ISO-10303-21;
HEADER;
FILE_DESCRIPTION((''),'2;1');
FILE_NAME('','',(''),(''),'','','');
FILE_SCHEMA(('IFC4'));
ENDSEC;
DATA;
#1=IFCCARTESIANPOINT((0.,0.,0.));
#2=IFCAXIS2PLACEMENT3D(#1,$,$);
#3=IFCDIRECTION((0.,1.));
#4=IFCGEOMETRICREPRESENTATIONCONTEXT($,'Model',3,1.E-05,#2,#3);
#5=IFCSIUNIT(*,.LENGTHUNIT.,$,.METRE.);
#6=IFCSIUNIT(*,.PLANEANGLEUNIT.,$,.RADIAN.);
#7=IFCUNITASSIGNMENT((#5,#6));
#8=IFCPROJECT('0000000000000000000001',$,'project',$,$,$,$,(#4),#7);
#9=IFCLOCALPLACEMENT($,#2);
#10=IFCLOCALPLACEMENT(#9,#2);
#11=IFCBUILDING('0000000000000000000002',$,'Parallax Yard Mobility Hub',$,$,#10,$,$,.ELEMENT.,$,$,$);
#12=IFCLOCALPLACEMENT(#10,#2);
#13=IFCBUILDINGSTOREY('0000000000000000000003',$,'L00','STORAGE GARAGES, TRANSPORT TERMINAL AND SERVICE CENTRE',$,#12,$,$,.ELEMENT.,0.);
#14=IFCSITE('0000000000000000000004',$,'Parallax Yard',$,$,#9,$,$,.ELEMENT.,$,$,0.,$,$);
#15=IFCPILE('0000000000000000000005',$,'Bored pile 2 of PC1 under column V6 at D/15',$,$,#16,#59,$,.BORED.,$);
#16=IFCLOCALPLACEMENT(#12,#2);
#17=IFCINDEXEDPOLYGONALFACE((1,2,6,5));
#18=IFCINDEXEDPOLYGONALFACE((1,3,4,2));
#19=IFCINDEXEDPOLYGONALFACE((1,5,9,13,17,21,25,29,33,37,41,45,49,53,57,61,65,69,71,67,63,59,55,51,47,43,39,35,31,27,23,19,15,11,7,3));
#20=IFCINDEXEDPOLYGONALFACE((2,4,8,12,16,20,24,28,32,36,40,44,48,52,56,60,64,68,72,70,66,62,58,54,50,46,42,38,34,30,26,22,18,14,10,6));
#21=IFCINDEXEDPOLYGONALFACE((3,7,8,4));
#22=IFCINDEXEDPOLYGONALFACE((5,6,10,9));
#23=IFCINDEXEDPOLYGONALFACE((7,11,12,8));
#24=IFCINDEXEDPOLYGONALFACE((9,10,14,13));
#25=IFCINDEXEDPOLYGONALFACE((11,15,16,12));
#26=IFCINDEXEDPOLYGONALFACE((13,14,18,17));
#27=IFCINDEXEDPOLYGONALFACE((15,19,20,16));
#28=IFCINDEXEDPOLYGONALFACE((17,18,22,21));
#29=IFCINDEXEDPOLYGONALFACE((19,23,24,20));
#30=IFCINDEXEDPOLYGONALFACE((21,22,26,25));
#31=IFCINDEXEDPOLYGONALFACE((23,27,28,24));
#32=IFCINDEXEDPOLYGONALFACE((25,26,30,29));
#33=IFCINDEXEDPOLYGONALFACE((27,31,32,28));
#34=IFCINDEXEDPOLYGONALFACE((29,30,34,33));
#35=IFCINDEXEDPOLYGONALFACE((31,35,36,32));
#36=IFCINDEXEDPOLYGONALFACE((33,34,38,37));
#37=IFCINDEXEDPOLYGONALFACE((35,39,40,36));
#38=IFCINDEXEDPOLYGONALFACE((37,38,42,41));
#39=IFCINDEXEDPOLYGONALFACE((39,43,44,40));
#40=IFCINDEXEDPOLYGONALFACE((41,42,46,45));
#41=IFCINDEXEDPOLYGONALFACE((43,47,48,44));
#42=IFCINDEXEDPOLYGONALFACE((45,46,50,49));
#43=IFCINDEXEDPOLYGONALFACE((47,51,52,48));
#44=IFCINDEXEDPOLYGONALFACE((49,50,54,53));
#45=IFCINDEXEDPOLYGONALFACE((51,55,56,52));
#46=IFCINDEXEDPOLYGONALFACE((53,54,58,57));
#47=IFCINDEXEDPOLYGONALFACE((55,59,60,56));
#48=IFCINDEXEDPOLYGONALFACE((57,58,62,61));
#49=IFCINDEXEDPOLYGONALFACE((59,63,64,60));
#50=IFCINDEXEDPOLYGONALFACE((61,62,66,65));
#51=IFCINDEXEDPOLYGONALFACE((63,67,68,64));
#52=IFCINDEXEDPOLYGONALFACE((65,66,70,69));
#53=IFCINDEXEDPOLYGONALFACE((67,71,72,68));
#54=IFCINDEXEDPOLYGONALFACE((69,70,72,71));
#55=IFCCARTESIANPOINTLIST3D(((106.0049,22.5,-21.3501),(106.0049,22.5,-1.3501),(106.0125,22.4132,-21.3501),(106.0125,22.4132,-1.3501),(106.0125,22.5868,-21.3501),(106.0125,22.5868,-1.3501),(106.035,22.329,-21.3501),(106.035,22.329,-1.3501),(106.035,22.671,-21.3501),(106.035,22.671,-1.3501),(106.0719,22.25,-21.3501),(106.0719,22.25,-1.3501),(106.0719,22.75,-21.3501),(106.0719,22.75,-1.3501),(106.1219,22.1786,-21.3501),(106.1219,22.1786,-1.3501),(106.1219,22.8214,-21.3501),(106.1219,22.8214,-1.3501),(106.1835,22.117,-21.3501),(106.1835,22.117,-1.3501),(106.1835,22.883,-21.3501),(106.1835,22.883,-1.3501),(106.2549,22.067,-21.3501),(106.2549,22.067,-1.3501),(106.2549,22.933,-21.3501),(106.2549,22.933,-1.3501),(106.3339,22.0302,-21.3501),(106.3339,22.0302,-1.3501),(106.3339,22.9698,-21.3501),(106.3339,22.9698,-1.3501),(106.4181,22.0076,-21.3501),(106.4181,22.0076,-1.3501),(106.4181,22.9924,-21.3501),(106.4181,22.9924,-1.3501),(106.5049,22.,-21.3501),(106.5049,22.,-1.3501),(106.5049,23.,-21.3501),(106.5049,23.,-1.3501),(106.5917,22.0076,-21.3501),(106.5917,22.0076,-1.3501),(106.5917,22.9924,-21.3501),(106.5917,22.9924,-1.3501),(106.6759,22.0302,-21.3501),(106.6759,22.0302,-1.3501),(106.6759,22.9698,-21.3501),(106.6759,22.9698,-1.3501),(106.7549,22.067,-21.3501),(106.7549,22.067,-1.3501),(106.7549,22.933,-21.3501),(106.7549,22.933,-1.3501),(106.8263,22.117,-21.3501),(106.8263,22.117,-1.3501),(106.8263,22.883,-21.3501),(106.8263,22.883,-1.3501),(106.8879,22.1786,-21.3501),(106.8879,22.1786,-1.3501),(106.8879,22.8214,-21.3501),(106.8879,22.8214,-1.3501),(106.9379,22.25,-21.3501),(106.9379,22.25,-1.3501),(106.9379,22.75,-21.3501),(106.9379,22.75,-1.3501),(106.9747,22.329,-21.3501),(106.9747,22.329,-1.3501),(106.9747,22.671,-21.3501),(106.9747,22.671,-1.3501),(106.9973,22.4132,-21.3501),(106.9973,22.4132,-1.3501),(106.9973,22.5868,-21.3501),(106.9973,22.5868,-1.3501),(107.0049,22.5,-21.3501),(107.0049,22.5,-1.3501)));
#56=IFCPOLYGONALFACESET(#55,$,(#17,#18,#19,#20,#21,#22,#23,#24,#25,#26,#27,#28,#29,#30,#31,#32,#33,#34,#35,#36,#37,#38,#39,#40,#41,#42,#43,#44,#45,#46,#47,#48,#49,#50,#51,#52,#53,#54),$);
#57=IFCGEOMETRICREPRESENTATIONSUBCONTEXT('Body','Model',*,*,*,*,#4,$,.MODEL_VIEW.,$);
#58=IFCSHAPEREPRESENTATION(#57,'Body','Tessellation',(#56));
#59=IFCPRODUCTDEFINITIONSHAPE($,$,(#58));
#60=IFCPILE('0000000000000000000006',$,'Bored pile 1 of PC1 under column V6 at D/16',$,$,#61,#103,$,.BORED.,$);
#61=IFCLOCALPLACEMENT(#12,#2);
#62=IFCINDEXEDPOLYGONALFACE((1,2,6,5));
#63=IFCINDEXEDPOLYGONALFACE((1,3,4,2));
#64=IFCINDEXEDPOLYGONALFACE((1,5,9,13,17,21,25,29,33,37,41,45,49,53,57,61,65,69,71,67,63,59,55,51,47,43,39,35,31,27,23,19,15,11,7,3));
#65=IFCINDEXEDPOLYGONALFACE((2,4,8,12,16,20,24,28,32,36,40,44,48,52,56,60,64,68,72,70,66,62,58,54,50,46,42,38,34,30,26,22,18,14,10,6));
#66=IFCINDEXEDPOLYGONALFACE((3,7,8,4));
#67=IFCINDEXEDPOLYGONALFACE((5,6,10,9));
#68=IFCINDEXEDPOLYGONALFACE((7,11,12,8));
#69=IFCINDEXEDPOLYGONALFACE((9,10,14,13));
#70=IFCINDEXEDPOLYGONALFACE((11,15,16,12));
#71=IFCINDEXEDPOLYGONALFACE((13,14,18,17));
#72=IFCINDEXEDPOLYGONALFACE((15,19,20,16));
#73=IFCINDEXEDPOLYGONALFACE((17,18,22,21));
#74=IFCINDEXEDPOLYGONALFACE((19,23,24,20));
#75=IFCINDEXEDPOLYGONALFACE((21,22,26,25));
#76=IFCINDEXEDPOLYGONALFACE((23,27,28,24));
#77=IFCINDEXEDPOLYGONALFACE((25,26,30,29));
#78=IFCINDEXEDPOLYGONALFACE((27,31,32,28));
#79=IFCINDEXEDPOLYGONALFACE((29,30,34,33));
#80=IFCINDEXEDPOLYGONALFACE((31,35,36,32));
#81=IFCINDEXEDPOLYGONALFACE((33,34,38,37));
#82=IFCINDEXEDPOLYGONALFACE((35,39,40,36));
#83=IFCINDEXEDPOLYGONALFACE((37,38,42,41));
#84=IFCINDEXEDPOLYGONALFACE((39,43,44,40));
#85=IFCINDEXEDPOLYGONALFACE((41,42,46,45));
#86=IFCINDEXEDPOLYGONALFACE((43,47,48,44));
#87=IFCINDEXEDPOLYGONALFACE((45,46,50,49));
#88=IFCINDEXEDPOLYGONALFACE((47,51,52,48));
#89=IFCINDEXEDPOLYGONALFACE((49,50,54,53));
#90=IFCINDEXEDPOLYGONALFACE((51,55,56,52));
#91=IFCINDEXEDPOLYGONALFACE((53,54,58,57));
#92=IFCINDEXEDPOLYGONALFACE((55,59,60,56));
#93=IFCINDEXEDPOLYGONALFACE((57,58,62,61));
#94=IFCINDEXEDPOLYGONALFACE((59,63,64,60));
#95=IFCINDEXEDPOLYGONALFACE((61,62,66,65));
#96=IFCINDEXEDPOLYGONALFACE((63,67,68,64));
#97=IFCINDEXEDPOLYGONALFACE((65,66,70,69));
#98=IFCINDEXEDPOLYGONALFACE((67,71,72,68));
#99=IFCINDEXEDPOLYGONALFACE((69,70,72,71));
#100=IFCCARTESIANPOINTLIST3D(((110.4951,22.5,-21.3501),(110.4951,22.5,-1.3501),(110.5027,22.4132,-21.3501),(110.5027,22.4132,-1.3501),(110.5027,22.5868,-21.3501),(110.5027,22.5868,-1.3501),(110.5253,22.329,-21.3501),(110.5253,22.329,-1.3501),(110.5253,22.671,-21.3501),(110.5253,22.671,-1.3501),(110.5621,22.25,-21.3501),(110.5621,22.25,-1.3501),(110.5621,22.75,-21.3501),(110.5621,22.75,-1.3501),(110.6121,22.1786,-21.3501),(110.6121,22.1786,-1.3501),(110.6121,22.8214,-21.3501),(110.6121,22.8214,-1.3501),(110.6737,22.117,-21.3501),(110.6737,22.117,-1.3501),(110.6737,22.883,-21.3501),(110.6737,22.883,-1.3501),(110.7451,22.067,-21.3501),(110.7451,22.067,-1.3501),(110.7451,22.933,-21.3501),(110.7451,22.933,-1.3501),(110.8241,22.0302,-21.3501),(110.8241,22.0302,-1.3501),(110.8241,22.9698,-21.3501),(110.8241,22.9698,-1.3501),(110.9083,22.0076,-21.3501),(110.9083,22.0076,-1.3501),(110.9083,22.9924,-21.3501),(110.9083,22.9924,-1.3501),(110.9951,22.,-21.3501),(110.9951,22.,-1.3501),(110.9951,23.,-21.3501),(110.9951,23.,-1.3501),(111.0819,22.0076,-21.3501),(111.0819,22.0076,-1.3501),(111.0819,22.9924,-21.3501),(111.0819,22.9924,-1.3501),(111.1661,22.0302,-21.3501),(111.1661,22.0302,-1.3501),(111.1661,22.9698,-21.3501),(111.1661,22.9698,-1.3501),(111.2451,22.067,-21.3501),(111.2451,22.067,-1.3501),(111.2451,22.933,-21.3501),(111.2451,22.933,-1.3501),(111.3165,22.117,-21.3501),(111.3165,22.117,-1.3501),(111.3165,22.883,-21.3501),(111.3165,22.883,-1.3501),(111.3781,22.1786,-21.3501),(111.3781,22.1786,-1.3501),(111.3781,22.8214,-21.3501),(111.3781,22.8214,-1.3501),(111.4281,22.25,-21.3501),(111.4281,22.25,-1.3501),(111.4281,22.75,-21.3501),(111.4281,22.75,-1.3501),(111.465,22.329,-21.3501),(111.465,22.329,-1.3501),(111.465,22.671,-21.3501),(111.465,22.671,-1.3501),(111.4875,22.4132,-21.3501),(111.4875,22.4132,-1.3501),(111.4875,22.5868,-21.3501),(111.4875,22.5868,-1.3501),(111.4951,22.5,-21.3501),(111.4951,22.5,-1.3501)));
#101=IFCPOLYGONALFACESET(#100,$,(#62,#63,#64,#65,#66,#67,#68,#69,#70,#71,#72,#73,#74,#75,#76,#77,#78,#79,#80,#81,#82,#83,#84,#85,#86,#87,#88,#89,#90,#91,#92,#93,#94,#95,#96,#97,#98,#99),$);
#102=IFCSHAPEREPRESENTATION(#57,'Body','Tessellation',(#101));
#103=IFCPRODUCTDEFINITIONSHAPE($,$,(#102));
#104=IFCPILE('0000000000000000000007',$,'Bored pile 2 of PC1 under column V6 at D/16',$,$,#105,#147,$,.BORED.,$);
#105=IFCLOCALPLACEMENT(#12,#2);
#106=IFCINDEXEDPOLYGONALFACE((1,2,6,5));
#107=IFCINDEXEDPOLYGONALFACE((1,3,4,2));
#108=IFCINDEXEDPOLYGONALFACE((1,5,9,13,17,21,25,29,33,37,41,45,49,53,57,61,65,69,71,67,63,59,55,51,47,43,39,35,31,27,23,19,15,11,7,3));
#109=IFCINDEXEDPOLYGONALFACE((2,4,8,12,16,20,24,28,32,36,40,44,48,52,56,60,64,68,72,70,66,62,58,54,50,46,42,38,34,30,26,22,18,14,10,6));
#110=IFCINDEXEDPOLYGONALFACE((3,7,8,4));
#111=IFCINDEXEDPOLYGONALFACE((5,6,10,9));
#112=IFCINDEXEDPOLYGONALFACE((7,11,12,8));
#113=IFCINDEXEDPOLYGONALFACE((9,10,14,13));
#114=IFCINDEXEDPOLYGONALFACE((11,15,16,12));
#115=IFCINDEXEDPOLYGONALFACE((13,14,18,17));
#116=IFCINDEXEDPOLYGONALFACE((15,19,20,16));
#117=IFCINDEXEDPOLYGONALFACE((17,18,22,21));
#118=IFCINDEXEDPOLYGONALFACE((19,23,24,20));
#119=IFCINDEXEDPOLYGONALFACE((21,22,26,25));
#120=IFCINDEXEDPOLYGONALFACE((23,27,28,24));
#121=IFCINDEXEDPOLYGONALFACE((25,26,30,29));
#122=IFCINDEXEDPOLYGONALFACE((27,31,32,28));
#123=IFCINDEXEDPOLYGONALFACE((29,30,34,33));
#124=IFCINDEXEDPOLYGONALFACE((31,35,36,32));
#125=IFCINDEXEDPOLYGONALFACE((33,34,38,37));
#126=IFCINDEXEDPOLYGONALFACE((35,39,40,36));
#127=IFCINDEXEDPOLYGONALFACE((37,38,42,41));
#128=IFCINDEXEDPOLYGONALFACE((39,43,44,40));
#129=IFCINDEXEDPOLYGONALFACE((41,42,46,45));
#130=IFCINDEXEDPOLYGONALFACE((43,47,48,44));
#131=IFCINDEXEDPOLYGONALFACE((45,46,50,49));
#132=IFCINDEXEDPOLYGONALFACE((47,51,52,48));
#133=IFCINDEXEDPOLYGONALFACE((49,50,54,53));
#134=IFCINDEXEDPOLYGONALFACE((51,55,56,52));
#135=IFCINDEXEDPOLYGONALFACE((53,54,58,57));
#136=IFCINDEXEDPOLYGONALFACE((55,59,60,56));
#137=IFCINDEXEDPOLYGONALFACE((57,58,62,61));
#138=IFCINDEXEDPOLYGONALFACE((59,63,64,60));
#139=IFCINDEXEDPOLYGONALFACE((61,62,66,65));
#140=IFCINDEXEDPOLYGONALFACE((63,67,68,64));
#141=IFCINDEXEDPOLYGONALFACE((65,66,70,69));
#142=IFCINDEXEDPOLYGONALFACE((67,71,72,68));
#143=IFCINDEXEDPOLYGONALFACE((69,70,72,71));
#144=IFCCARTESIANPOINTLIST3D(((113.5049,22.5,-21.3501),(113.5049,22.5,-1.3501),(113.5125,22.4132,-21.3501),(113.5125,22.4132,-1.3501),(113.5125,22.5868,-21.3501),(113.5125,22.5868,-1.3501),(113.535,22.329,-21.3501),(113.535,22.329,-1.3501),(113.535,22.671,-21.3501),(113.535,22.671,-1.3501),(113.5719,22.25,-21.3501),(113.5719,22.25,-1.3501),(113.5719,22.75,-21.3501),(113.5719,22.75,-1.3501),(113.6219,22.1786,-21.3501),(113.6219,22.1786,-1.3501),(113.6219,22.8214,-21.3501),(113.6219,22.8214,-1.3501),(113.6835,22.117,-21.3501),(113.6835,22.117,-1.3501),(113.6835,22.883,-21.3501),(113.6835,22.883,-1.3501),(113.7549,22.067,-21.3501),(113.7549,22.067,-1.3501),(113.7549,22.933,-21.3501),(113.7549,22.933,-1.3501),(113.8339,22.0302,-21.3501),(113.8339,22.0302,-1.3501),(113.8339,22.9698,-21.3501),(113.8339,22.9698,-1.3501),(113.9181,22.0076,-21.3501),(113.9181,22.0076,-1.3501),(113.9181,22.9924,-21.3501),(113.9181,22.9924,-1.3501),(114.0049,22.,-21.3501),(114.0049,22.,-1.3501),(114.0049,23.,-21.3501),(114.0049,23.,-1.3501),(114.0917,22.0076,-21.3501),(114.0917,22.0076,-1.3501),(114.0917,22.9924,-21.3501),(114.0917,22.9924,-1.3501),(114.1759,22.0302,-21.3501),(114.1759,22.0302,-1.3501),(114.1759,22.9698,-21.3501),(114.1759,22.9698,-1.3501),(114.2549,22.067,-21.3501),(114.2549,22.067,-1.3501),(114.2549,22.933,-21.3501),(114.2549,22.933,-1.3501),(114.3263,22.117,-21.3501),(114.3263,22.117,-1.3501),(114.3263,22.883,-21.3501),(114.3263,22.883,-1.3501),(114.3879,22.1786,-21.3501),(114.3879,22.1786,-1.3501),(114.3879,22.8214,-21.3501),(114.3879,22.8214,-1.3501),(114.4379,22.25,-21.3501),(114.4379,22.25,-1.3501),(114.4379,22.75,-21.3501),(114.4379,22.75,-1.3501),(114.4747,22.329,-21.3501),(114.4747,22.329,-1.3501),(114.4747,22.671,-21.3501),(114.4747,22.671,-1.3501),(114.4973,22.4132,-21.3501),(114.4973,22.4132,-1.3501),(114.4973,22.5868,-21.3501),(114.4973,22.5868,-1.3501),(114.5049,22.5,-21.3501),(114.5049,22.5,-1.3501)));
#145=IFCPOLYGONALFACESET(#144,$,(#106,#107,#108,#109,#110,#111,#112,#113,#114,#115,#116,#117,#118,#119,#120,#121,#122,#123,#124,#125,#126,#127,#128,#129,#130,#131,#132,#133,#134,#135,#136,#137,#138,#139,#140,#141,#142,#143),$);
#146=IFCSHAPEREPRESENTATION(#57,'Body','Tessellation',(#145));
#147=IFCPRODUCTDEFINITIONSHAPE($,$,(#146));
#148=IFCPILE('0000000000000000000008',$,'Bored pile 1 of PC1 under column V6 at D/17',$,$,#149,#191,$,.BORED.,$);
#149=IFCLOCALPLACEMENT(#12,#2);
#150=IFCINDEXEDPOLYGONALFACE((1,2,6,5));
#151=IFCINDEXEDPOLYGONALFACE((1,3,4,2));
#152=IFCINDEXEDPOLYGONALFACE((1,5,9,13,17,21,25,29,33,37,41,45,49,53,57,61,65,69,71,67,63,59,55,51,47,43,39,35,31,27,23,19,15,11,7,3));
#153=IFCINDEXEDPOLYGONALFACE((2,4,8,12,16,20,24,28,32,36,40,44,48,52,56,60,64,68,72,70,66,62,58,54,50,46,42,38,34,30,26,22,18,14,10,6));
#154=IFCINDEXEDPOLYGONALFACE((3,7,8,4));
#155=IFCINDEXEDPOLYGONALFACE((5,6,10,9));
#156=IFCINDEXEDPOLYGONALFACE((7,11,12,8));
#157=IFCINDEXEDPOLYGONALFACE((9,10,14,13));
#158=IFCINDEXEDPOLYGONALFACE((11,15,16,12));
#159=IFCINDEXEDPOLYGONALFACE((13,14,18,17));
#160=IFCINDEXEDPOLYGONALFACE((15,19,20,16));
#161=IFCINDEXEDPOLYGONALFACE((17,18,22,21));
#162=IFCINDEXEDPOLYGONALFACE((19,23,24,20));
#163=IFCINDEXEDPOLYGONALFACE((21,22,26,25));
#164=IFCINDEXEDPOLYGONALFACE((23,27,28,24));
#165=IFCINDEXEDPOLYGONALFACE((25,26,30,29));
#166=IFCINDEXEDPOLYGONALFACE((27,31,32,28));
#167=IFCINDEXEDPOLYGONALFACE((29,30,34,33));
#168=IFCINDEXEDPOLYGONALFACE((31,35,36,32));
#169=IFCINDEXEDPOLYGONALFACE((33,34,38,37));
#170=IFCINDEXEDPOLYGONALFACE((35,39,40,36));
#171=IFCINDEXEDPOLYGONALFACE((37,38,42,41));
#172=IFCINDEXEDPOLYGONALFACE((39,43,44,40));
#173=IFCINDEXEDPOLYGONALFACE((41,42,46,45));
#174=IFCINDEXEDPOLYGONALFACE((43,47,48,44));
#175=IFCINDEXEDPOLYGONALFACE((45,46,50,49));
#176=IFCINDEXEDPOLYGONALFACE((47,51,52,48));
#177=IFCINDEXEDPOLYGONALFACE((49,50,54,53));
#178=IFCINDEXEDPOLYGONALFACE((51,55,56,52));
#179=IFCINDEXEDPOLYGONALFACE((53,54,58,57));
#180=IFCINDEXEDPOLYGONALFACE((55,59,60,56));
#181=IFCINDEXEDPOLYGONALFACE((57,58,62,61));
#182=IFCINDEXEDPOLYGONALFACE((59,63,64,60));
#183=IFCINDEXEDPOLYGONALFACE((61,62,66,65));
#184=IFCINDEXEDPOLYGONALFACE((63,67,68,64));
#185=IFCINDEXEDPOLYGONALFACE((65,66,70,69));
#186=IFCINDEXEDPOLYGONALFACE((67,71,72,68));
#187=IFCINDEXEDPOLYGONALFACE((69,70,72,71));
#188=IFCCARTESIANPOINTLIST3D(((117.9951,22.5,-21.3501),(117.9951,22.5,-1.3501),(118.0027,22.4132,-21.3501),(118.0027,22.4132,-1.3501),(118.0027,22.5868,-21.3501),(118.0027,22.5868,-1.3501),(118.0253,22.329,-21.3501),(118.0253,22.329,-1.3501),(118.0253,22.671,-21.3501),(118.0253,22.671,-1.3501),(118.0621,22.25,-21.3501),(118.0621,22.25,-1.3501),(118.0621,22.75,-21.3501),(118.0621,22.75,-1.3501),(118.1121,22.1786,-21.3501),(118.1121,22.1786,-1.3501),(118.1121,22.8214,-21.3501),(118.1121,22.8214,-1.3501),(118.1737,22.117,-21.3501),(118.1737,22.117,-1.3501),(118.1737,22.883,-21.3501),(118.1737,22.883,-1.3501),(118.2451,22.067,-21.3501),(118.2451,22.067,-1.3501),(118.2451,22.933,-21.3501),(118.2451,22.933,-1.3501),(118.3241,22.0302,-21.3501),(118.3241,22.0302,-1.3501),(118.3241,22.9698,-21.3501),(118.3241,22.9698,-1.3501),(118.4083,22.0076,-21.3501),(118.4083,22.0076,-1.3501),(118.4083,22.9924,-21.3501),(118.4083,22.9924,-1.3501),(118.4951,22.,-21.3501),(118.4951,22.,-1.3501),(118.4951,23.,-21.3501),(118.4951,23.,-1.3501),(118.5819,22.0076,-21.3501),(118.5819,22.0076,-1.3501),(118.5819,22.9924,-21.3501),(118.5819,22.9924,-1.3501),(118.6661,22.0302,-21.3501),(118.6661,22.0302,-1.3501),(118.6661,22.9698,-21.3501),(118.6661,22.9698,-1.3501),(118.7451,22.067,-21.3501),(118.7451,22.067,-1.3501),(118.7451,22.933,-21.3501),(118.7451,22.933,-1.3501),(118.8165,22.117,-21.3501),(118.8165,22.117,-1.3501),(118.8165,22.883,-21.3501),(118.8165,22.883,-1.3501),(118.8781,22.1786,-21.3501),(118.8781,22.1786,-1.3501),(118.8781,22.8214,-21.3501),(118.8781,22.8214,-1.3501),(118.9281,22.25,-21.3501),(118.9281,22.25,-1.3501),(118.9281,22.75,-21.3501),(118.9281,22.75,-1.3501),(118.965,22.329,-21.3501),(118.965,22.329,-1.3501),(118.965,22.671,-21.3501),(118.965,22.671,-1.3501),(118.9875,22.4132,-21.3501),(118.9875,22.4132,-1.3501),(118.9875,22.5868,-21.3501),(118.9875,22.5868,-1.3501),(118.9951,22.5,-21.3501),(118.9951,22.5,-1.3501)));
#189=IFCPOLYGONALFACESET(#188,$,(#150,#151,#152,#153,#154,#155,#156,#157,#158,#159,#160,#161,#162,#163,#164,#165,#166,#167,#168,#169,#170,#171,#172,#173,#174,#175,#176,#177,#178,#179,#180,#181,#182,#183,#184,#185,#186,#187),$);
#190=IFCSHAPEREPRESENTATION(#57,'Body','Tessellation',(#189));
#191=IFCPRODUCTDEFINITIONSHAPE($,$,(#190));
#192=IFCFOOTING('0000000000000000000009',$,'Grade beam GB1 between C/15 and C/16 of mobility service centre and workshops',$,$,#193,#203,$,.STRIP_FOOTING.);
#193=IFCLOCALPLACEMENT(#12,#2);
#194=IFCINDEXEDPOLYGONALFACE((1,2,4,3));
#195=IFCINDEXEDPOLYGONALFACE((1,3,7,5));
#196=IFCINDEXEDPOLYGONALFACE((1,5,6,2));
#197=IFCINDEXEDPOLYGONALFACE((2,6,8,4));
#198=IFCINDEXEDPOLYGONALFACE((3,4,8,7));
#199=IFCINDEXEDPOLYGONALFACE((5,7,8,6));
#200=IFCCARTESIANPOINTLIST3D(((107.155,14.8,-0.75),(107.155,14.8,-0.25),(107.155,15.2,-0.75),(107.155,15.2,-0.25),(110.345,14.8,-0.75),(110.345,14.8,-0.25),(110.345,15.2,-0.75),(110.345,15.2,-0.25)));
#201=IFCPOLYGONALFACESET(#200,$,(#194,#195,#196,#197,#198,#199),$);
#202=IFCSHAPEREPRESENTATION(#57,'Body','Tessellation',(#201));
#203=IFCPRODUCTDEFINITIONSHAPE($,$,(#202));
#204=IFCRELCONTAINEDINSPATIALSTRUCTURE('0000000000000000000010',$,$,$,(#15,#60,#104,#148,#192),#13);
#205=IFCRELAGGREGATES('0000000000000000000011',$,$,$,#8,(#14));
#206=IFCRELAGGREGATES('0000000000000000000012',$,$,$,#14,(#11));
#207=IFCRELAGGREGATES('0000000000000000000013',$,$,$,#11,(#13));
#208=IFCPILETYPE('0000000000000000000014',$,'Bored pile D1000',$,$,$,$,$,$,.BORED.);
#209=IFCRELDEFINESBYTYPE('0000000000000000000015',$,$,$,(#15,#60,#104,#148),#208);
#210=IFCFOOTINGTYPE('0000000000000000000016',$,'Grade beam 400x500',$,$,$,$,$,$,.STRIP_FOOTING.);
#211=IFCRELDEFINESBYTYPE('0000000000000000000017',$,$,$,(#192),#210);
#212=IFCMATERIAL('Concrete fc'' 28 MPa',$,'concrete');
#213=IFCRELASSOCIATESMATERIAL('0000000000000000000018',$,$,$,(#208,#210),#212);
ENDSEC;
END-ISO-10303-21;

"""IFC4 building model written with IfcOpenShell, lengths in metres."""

from ifc_helpers import new_model, si_unit, direction, frame, origin, origin_2d, place, context, subcontext, project, spatial, rectangle, circle, extrude, material, material_profile, profile_set, type_object, element, save


model = new_model("IFC4")

# Units and contexts
model_context = context("Model", 3, precision=1e-05, world=origin(), true_north=direction((0.0, 1.0)))
body_context = subcontext(model_context, "Body", "Model", "MODEL_VIEW")
ifc_project = project(units=[si_unit("LENGTHUNIT", "METRE"), si_unit("PLANEANGLEUNIT", "RADIAN")], contexts=[model_context])

# Site, building, storey
site_placement = place(None, origin())
site = spatial("IfcSite", under=ifc_project, at=site_placement, Name="Parallax Yard", CompositionType="ELEMENT", RefElevation=0.0)
building_placement = place(site_placement, origin())
building = spatial("IfcBuilding", under=site, at=building_placement, Name="Parallax Yard Mobility Hub", CompositionType="ELEMENT")
storey_placement = place(building_placement, origin())
storey = spatial("IfcBuildingStorey", under=building, at=storey_placement, Name="L00", Description="STORAGE GARAGES, TRANSPORT TERMINAL AND SERVICE CENTRE", CompositionType="ELEMENT", Elevation=0.0)

# Piles
ifc_material_1 = material(Name="Concrete fc' 28 MPa", Category="concrete")
ifc_material_profile_1 = material_profile(ifc_material_1, circle(Radius=0.5, at=origin_2d()), Name="Bored pile D1000")
ifc_profile_set_1 = profile_set([ifc_material_profile_1], Name="Concrete fc' 28 MPa")
pile_type = type_object("IfcPileType", Name="Bored pile D1000", PredefinedType="BORED", material=ifc_profile_set_1)
for number, where, z_axis, x_axis, name in (
    (1, (106.5049, 22.5, -1.3501), (0.0, 0.0, -1.0), (1.0, 0.0, 0.0), "Bored pile 2 of PC1 under column V6 at D/15"),
    (2, (110.9951, 22.5, -1.3501), (0.0, 0.0, -1.0), (1.0, 0.0, 0.0), "Bored pile 1 of PC1 under column V6 at D/16"),
    (3, (114.0049, 22.5, -1.3501), (0.0, 0.0, -1.0), (1.0, 0.0, 0.0), "Bored pile 2 of PC1 under column V6 at D/16"),
    (4, (118.4951, 22.5, -1.3501), (0.0, 0.0, -1.0), (1.0, 0.0, 0.0), "Bored pile 1 of PC1 under column V6 at D/17"),
):
    element("IfcPile", number, at=place(storey_placement, frame(where, z_axis=z_axis, x_axis=x_axis)), inside=storey, type_object=pile_type, Name=name, PredefinedType="BORED", context=body_context, shape_type="SweptSolid", body=[
        extrude(circle(Radius=0.5, at=origin_2d()), origin(), (0.0, 0.0, 1.0), 20.0),
    ])

# Footing
ifc_material_profile_2 = material_profile(ifc_material_1, rectangle(XDim=0.3999, YDim=0.5, at=origin_2d()), Name="Grade beam 400x500")
ifc_profile_set_2 = profile_set([ifc_material_profile_2], Name="Concrete fc' 28 MPa")
footing_type_1 = type_object("IfcFootingType", Name="Grade beam 400x500", PredefinedType="STRIP_FOOTING", material=ifc_profile_set_2)
for number, where, z_axis, x_axis, name in (
    (5, (107.155, 15.0, -0.5), (1.0, 0.0, 0.0), (0.0, 1.0, 0.0), "Grade beam GB1 between C/15 and C/16 of mobility service centre and workshops"),
):
    element("IfcFooting", number, at=place(storey_placement, frame(where, z_axis=z_axis, x_axis=x_axis)), inside=storey, type_object=footing_type_1, Name=name, PredefinedType="STRIP_FOOTING", context=body_context, shape_type="SweptSolid", body=[
        extrude(rectangle(XDim=0.3999, YDim=0.5, at=origin_2d()), origin(), (0.0, 0.0, 1.0), 3.1899),
    ])

save(model, "model.ifc")
